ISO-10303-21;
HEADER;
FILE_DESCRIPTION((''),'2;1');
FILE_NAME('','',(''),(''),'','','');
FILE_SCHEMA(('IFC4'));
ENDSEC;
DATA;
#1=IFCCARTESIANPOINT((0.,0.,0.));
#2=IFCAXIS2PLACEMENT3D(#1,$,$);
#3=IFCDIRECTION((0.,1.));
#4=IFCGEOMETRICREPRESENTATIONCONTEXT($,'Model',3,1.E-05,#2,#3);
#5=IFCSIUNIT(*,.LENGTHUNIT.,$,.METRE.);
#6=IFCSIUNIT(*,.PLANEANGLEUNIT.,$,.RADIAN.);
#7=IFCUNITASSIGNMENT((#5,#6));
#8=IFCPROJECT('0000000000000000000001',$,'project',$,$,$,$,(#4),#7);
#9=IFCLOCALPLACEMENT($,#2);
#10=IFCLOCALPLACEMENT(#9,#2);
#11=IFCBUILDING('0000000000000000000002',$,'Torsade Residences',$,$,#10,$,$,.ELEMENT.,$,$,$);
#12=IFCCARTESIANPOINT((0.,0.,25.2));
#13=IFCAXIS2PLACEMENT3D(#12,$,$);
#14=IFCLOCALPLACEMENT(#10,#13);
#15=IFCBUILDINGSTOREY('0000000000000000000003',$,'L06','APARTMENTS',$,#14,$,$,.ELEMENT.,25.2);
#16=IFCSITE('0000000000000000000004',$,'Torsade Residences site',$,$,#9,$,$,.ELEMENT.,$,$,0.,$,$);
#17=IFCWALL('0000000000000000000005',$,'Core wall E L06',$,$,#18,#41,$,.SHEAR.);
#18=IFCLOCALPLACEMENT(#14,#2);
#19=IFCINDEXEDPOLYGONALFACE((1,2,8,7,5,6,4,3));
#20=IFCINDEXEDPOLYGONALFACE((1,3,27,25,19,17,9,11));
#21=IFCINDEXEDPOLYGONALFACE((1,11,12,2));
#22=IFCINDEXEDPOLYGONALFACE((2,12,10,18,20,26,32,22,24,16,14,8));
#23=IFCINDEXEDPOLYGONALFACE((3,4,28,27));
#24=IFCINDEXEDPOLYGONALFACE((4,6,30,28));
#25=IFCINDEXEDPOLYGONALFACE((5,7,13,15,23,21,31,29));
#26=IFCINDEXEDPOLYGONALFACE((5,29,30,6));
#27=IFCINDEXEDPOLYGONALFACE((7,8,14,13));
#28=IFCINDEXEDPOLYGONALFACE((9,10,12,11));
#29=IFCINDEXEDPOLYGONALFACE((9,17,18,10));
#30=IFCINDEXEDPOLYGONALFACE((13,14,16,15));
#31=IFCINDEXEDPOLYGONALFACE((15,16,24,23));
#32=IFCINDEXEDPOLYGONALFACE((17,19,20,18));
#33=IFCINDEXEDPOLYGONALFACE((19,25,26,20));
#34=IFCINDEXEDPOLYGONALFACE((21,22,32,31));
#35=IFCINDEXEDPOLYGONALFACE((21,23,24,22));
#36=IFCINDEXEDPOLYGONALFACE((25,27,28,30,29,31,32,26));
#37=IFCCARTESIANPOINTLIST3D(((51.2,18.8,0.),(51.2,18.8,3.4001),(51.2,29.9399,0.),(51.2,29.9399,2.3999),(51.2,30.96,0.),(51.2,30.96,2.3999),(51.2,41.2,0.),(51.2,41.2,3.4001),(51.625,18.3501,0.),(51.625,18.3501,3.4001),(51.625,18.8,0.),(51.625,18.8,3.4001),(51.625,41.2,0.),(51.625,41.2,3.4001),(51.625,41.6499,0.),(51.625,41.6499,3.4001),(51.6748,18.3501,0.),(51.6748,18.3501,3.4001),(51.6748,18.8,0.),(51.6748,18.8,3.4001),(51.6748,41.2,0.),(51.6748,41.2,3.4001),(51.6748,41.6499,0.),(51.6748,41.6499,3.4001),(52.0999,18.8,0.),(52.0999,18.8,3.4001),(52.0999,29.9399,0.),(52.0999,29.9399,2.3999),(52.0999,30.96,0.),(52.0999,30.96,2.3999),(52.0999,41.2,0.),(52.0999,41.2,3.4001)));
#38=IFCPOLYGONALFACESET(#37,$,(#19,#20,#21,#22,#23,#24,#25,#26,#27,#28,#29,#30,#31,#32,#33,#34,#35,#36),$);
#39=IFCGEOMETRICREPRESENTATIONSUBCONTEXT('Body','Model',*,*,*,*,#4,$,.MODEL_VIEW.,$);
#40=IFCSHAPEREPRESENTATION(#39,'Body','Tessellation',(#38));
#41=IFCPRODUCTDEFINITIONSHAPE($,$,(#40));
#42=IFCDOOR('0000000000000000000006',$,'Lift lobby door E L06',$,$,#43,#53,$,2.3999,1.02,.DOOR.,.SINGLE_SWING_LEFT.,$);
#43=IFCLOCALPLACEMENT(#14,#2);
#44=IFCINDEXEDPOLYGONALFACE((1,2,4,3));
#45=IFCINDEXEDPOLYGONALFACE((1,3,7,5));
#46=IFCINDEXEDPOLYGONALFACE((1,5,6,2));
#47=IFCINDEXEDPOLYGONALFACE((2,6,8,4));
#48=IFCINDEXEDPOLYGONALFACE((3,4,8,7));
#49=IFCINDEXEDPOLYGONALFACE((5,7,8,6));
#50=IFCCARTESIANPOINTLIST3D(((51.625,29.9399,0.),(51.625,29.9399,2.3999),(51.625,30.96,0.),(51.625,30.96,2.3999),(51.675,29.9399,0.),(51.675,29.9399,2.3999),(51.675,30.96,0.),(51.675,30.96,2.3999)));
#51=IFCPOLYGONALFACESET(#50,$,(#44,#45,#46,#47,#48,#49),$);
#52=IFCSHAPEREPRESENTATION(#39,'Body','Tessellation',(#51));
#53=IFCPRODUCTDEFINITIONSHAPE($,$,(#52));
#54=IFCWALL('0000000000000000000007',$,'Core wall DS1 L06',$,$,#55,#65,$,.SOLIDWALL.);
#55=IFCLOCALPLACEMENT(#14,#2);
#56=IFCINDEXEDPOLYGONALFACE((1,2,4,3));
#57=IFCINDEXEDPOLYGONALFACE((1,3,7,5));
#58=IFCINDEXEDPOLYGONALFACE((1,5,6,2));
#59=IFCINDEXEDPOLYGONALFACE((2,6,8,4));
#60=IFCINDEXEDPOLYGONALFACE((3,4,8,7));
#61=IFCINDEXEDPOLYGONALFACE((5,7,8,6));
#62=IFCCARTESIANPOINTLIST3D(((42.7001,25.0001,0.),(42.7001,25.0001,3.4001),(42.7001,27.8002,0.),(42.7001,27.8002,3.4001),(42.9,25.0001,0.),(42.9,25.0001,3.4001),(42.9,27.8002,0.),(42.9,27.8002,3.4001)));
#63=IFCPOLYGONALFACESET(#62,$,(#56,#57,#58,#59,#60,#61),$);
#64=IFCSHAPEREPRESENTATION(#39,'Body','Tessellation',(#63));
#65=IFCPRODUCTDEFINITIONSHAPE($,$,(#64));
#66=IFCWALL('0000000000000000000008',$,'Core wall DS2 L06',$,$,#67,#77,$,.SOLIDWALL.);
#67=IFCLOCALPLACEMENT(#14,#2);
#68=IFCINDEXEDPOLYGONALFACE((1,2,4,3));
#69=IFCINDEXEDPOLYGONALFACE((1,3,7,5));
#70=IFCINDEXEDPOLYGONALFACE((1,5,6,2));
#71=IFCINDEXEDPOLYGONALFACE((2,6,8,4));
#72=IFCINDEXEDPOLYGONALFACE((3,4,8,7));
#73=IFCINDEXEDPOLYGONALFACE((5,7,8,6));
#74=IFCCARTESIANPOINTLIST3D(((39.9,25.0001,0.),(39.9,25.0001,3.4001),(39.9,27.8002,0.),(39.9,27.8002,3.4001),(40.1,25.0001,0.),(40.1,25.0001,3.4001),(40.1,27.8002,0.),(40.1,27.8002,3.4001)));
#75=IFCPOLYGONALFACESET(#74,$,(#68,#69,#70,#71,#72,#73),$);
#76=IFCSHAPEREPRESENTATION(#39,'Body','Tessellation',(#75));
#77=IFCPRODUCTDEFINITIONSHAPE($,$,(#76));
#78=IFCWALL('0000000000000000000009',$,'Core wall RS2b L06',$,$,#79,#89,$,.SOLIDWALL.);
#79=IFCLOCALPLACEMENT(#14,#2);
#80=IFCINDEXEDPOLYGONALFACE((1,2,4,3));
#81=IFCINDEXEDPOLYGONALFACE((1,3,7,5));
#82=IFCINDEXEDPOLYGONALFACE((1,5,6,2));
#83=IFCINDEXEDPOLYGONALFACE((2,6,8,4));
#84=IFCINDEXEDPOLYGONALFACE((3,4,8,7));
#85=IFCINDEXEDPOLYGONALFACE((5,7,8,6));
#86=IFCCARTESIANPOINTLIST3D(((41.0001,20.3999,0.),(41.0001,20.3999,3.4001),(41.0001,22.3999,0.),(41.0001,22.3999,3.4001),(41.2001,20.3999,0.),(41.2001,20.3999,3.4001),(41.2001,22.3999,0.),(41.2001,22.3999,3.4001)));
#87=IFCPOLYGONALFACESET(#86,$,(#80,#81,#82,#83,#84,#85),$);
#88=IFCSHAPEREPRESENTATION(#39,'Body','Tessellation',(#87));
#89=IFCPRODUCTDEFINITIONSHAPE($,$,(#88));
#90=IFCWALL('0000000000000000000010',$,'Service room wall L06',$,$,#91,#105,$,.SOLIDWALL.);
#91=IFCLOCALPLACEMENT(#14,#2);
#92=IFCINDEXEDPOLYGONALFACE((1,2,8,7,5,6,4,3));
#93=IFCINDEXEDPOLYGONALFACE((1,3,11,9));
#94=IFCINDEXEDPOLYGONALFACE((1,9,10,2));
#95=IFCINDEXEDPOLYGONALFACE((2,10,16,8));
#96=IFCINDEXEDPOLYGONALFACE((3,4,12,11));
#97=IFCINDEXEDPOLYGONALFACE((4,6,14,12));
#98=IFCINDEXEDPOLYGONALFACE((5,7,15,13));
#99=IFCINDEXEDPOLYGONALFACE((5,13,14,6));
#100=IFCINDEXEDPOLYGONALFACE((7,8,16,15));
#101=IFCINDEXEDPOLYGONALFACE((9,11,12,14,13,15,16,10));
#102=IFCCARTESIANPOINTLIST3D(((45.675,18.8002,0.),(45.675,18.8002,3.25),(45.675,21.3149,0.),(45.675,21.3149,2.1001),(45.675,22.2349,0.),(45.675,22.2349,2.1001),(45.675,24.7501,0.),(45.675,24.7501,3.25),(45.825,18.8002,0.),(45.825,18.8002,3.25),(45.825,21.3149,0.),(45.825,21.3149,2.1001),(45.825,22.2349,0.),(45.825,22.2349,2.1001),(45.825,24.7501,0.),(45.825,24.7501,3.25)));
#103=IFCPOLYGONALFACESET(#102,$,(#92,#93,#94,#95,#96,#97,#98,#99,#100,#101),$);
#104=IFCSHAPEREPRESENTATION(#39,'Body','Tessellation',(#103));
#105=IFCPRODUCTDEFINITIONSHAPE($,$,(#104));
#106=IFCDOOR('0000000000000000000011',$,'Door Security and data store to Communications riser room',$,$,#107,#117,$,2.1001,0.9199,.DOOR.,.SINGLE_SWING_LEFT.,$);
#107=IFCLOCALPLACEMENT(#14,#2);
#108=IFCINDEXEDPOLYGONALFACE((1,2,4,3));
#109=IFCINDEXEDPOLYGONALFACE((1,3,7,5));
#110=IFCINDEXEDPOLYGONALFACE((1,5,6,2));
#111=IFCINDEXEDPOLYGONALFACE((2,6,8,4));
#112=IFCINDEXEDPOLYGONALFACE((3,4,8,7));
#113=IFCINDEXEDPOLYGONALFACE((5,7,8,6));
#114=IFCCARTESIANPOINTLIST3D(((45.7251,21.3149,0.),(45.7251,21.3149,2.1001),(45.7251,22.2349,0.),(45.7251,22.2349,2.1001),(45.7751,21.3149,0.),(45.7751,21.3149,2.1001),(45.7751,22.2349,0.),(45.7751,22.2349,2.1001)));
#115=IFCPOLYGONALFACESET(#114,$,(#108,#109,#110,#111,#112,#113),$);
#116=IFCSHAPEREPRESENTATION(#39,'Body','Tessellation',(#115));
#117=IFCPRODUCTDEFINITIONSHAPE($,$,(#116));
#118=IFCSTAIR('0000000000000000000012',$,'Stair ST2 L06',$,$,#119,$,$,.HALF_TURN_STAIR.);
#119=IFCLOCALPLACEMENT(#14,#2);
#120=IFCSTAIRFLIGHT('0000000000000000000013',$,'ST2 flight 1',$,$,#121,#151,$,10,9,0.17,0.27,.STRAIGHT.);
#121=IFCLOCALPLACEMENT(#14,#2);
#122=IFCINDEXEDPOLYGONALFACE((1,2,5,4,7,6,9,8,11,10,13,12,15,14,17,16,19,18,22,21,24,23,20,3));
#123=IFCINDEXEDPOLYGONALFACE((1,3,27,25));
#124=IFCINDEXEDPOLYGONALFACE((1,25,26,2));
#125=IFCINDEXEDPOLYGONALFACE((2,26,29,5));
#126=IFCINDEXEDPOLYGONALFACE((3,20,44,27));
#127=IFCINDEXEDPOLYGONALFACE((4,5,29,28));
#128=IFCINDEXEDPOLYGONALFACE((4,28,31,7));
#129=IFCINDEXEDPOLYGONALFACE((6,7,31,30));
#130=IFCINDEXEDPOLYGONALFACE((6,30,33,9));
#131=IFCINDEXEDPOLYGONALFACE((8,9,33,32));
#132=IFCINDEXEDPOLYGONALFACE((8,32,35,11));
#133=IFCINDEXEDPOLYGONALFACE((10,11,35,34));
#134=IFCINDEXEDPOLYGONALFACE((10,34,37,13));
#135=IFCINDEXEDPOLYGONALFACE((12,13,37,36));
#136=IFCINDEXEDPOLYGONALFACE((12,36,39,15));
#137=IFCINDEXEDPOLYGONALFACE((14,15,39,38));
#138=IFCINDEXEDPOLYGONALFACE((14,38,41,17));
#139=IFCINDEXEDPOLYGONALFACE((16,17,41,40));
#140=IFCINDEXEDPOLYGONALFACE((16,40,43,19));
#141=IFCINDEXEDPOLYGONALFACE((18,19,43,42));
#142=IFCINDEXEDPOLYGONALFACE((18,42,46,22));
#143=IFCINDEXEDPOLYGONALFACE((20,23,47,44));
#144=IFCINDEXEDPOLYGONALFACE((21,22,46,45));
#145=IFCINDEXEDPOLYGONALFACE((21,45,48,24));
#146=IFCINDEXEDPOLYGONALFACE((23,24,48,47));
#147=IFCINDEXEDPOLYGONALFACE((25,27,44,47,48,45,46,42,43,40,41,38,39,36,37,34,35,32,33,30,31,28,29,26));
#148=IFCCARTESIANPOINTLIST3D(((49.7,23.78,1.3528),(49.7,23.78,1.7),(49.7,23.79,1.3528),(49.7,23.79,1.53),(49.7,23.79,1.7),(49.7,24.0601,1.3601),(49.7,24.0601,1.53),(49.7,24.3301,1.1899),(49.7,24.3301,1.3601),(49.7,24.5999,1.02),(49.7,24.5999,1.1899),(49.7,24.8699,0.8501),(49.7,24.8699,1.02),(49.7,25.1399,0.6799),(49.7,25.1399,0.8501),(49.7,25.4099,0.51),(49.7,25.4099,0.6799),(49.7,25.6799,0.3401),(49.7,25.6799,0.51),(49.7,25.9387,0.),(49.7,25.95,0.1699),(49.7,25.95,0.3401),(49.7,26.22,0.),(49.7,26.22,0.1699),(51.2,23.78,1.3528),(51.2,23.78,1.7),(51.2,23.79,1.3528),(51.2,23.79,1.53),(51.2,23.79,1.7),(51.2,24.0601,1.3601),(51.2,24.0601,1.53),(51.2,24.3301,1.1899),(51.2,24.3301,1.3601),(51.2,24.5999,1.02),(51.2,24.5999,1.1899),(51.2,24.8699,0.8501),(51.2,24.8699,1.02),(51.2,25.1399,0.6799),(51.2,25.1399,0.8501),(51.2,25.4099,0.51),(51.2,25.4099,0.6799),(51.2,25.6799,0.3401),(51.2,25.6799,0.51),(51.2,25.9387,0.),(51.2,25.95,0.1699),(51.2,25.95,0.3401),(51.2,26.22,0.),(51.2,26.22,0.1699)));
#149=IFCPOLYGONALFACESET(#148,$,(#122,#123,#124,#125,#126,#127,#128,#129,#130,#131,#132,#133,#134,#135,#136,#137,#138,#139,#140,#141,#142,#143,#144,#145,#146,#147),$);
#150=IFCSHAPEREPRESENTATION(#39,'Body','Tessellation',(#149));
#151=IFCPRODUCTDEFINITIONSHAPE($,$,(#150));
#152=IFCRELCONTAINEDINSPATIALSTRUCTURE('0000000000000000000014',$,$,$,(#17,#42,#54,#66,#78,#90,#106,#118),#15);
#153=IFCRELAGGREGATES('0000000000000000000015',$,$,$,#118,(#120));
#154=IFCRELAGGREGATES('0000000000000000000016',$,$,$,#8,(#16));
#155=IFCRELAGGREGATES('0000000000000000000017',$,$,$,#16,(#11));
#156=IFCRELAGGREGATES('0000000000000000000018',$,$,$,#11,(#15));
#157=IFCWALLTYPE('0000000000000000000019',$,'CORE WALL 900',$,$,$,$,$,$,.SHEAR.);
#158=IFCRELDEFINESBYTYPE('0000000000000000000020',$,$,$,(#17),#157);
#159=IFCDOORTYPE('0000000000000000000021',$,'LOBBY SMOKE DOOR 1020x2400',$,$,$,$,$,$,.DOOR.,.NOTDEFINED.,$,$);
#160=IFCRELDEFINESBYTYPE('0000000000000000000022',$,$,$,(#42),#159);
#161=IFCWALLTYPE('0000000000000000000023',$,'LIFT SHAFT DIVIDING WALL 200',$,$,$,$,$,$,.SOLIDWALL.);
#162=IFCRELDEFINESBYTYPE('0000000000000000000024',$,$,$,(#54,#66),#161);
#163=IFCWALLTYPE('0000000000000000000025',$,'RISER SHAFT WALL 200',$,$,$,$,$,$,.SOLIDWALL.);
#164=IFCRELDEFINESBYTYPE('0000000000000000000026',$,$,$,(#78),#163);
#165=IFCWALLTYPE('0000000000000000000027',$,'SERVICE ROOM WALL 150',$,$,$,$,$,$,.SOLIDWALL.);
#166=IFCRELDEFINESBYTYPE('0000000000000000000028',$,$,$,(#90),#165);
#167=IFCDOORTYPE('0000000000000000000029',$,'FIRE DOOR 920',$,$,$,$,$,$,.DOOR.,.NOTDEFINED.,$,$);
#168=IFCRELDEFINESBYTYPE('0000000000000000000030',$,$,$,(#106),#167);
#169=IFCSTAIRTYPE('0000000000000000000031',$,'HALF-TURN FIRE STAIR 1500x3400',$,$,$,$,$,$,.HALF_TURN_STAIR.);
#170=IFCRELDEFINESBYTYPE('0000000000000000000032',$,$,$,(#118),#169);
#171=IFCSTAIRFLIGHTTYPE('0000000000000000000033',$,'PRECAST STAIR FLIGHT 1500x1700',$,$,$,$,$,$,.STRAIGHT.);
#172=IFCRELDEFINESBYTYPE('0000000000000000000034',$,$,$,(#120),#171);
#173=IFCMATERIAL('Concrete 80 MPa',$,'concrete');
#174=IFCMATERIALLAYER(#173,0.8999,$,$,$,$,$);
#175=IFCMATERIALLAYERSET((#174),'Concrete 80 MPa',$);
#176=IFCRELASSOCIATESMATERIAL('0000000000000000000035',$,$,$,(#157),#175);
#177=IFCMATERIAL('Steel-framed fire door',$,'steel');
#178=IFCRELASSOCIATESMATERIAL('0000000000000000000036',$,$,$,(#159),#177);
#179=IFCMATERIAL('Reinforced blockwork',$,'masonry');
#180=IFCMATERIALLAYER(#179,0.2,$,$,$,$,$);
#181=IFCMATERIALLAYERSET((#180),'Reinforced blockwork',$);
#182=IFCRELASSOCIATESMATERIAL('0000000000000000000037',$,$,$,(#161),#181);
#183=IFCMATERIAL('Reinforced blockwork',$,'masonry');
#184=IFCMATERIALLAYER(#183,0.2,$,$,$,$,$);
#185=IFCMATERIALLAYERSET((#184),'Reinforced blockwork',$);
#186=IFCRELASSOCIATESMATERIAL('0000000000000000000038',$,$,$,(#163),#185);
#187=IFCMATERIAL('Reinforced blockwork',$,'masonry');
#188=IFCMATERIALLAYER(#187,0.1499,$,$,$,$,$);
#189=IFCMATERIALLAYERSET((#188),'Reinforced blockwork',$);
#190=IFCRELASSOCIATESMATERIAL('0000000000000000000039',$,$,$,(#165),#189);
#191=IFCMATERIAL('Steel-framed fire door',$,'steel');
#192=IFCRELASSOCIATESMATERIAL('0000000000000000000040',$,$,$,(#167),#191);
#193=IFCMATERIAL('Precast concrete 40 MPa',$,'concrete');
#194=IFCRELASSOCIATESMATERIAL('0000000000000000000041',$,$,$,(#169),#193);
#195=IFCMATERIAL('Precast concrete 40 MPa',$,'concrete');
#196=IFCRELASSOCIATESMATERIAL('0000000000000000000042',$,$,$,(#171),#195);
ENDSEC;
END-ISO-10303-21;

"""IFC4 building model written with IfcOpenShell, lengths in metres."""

from ifc_helpers import new_model, si_unit, direction, frame, frame_2d, origin, place, context, subcontext, project, spatial, polyline, rectangle, outline, extrude, material, layer, layer_set, type_object, element, fill, aggregate, save


model = new_model("IFC4")

# Units and contexts
model_context = context("Model", 3, precision=1e-05, world=origin(), true_north=direction((0.0, 1.0)))
body_context = subcontext(model_context, "Body", "Model", "MODEL_VIEW")
ifc_project = project(units=[si_unit("LENGTHUNIT", "METRE"), si_unit("PLANEANGLEUNIT", "RADIAN")], contexts=[model_context])

# Site, building, storey
site_placement = place(None, origin())
site = spatial("IfcSite", under=ifc_project, at=site_placement, Name="Torsade Residences site", CompositionType="ELEMENT", RefElevation=0.0)
building_placement = place(site_placement, origin())
building = spatial("IfcBuilding", under=site, at=building_placement, Name="Torsade Residences", CompositionType="ELEMENT")
storey_placement = place(building_placement, frame((0.0, 0.0, 25.2)))
storey = spatial("IfcBuildingStorey", under=building, at=storey_placement, Name="L06", Description="APARTMENTS", CompositionType="ELEMENT", Elevation=25.2)

# Wall, opening, door
ifc_material_1 = material(Name="Concrete 80 MPa", Category="concrete")
ifc_layer_1 = layer(ifc_material_1, 0.8999)
ifc_layer_set_1 = layer_set([ifc_layer_1], Name="Concrete 80 MPa")
wall_type_1 = type_object("IfcWallType", Name="CORE WALL 900", PredefinedType="SHEAR", material=ifc_layer_set_1)
wall_1_placement = place(storey_placement, frame((51.6499, 18.8, 0.0), z_axis=(0.0, 0.0, 1.0), x_axis=(0.0, 1.0, 0.0)))
wall_1 = element("IfcWall", 1, at=wall_1_placement, inside=storey, type_object=wall_type_1, Name="Core wall E L06", PredefinedType="SHEAR", context=body_context, shape_type="SweptSolid", body=[
    extrude(outline(polyline([(0.0, -0.45), (22.3999, -0.45), (22.3999, -0.0249), (22.8499, -0.0249), (22.8499, 0.0249), (22.3999, 0.0249), (22.3999, 0.45), (0.0, 0.45), (0.0, 0.0249), (-0.45, 0.0249), (-0.45, -0.0249), (0.0, -0.0249), (0.0, -0.45)])), origin(), (0.0, 0.0, 1.0), 3.4001),
])
opening_1_placement = place(wall_1_placement, frame((11.1399, 0.0, 0.0)))
opening_1 = element("IfcOpeningElement", 2, at=opening_1_placement, cuts=wall_1, PredefinedType="OPENING", context=body_context, shape_type="SweptSolid", body=[
    extrude(rectangle(XDim=1.02, YDim=2.3999, at=frame_2d((0.51, 1.2))), frame((0.0, 0.46, 0.0), z_axis=(0.0, -1.0, 0.0), x_axis=(1.0, 0.0, 0.0)), (0.0, 0.0, 1.0), 0.9199),
])
ifc_material_2 = material(Name="Steel-framed fire door", Category="steel")
door_type_1 = type_object("IfcDoorType", Name="LOBBY SMOKE DOOR 1020x2400", OperationType="NOTDEFINED", PredefinedType="DOOR", material=ifc_material_2)
door_1_placement = place(opening_1_placement, origin())
door_1 = element("IfcDoor", 3, at=door_1_placement, inside=storey, type_object=door_type_1, Name="Lift lobby door E L06", OperationType="SINGLE_SWING_LEFT", OverallHeight=2.3999, OverallWidth=1.02, PredefinedType="DOOR", context=body_context, shape_type="SweptSolid", body=[
    extrude(rectangle(XDim=1.02, YDim=2.3999, at=frame_2d((0.51, 1.2))), frame((0.0, 0.0249, 0.0), z_axis=(0.0, -1.0, 0.0), x_axis=(1.0, 0.0, 0.0)), (0.0, 0.0, 1.0), 0.05),
])
fill(opening_1, door_1)

# Walls
ifc_material_3 = material(Name="Reinforced blockwork", Category="masonry")
ifc_layer_2 = layer(ifc_material_3, 0.2)
ifc_layer_set_2 = layer_set([ifc_layer_2], Name="Reinforced blockwork")
wall_type_2 = type_object("IfcWallType", Name="LIFT SHAFT DIVIDING WALL 200", PredefinedType="SOLIDWALL", material=ifc_layer_set_2)
for number, where, z_axis, x_axis, name in (
    (4, (42.8, 27.8, 0.0), (0.0, 0.0, 1.0), (0.0, -1.0, 0.0), "Core wall DS1 L06"),
    (5, (40.0, 27.8, 0.0), (0.0, 0.0, 1.0), (0.0, -1.0, 0.0), "Core wall DS2 L06"),
):
    element("IfcWall", number, at=place(storey_placement, frame(where, z_axis=z_axis, x_axis=x_axis)), inside=storey, type_object=wall_type_2, Name=name, PredefinedType="SOLIDWALL", context=body_context, shape_type="SweptSolid", body=[
        extrude(rectangle(XDim=2.8, YDim=0.2, at=frame_2d((1.3999, 0.0))), origin(), (0.0, 0.0, 1.0), 3.4001),
    ])
ifc_material_4 = material(Name="Reinforced blockwork", Category="masonry")
ifc_layer_3 = layer(ifc_material_4, 0.2)
ifc_layer_set_3 = layer_set([ifc_layer_3], Name="Reinforced blockwork")
wall_type_3 = type_object("IfcWallType", Name="RISER SHAFT WALL 200", PredefinedType="SOLIDWALL", material=ifc_layer_set_3)
wall_2_placement = place(storey_placement, frame((41.1001, 22.3999, 0.0), z_axis=(0.0, 0.0, 1.0), x_axis=(0.0, -1.0, 0.0)))
element("IfcWall", 6, at=wall_2_placement, inside=storey, type_object=wall_type_3, Name="Core wall RS2b L06", PredefinedType="SOLIDWALL", context=body_context, shape_type="SweptSolid", body=[
    extrude(rectangle(XDim=2.0, YDim=0.2, at=frame_2d((1.0, 0.0))), origin(), (0.0, 0.0, 1.0), 3.4001),
])

# Wall, opening, door
ifc_material_5 = material(Name="Reinforced blockwork", Category="masonry")
ifc_layer_4 = layer(ifc_material_5, 0.1499)
ifc_layer_set_4 = layer_set([ifc_layer_4], Name="Reinforced blockwork")
wall_type_4 = type_object("IfcWallType", Name="SERVICE ROOM WALL 150", PredefinedType="SOLIDWALL", material=ifc_layer_set_4)
wall_3_placement = place(storey_placement, frame((45.75, 18.8, 0.0), z_axis=(0.0, 0.0, 1.0), x_axis=(0.0, 1.0, 0.0)))
wall_3 = element("IfcWall", 7, at=wall_3_placement, inside=storey, type_object=wall_type_4, Name="Service room wall L06", PredefinedType="SOLIDWALL", context=body_context, shape_type="SweptSolid", body=[
    extrude(rectangle(XDim=5.95, YDim=0.1499, at=frame_2d((2.9751, 0.0))), origin(), (0.0, 0.0, 1.0), 3.25),
])
opening_2_placement = place(wall_3_placement, frame((2.5149, 0.0, 0.0)))
opening_2 = element("IfcOpeningElement", 8, at=opening_2_placement, cuts=wall_3, PredefinedType="OPENING", context=body_context, shape_type="SweptSolid", body=[
    extrude(rectangle(XDim=0.9199, YDim=2.1001, at=frame_2d((0.46, 1.05))), frame((0.0, 0.085, 0.0), z_axis=(0.0, -1.0, 0.0), x_axis=(1.0, 0.0, 0.0)), (0.0, 0.0, 1.0), 0.1699),
])
ifc_material_6 = material(Name="Steel-framed fire door", Category="steel")
door_type_2 = type_object("IfcDoorType", Name="FIRE DOOR 920", OperationType="NOTDEFINED", PredefinedType="DOOR", material=ifc_material_6)
door_2_placement = place(opening_2_placement, origin())
door_2 = element("IfcDoor", 9, at=door_2_placement, inside=storey, type_object=door_type_2, Name="Door Security and data store to Communications riser room", OperationType="SINGLE_SWING_LEFT", OverallHeight=2.1001, OverallWidth=0.9199, PredefinedType="DOOR", context=body_context, shape_type="SweptSolid", body=[
    extrude(rectangle(XDim=0.9199, YDim=2.1001, at=frame_2d((0.46, 1.05))), frame((0.0, 0.0249, 0.0), z_axis=(0.0, -1.0, 0.0), x_axis=(1.0, 0.0, 0.0)), (0.0, 0.0, 1.0), 0.05),
])
fill(opening_2, door_2)

# Stair, stair flight
ifc_material_7 = material(Name="Precast concrete 40 MPa", Category="concrete")
stair_type = type_object("IfcStairType", Name="HALF-TURN FIRE STAIR 1500x3400", PredefinedType="HALF_TURN_STAIR", material=ifc_material_7)
stair_placement = place(storey_placement, origin())
stair = element("IfcStair", 10, at=stair_placement, inside=storey, type_object=stair_type, Name="Stair ST2 L06", PredefinedType="HALF_TURN_STAIR")
ifc_material_8 = material(Name="Precast concrete 40 MPa", Category="concrete")
stair_flight_type = type_object("IfcStairFlightType", Name="PRECAST STAIR FLIGHT 1500x1700", PredefinedType="STRAIGHT", material=ifc_material_8)
stair_flight_1_placement = place(storey_placement, frame((50.45, 26.22, 0.0), z_axis=(0.0, 0.0, 1.0), x_axis=(0.0, -1.0, 0.0)))
stair_flight_1 = element("IfcStairFlight", 11, at=stair_flight_1_placement, type_object=stair_flight_type, Name="ST2 flight 1", NumberOfRisers=10, NumberOfTreads=9, PredefinedType="STRAIGHT", RiserHeight=0.17, TreadLength=0.27, context=body_context, shape_type="SweptSolid", body=[
    extrude(outline(polyline([(0.0, 0.0), (0.0, 0.1699), (0.27, 0.1699), (0.27, 0.3401), (0.54, 0.3401), (0.54, 0.51), (0.8101, 0.51), (0.8101, 0.6799), (1.0801, 0.6799), (1.0801, 0.8501), (1.3501, 0.8501), (1.3501, 1.02), (1.6201, 1.02), (1.6201, 1.1899), (1.8899, 1.1899), (1.8899, 1.3601), (2.1599, 1.3601), (2.1599, 1.53), (2.4299, 1.53), (2.4299, 1.7), (2.4399, 1.7), (2.4399, 1.3528), (2.4299, 1.3528), (0.2812, 0.0), (0.0, 0.0)])), frame((0.0, 0.75, 0.0), z_axis=(0.0, -1.0, 0.0), x_axis=(1.0, 0.0, 0.0)), (0.0, 0.0, 1.0), 1.5),
])
aggregate(stair, [stair_flight_1])

save(model, "model.ifc")
